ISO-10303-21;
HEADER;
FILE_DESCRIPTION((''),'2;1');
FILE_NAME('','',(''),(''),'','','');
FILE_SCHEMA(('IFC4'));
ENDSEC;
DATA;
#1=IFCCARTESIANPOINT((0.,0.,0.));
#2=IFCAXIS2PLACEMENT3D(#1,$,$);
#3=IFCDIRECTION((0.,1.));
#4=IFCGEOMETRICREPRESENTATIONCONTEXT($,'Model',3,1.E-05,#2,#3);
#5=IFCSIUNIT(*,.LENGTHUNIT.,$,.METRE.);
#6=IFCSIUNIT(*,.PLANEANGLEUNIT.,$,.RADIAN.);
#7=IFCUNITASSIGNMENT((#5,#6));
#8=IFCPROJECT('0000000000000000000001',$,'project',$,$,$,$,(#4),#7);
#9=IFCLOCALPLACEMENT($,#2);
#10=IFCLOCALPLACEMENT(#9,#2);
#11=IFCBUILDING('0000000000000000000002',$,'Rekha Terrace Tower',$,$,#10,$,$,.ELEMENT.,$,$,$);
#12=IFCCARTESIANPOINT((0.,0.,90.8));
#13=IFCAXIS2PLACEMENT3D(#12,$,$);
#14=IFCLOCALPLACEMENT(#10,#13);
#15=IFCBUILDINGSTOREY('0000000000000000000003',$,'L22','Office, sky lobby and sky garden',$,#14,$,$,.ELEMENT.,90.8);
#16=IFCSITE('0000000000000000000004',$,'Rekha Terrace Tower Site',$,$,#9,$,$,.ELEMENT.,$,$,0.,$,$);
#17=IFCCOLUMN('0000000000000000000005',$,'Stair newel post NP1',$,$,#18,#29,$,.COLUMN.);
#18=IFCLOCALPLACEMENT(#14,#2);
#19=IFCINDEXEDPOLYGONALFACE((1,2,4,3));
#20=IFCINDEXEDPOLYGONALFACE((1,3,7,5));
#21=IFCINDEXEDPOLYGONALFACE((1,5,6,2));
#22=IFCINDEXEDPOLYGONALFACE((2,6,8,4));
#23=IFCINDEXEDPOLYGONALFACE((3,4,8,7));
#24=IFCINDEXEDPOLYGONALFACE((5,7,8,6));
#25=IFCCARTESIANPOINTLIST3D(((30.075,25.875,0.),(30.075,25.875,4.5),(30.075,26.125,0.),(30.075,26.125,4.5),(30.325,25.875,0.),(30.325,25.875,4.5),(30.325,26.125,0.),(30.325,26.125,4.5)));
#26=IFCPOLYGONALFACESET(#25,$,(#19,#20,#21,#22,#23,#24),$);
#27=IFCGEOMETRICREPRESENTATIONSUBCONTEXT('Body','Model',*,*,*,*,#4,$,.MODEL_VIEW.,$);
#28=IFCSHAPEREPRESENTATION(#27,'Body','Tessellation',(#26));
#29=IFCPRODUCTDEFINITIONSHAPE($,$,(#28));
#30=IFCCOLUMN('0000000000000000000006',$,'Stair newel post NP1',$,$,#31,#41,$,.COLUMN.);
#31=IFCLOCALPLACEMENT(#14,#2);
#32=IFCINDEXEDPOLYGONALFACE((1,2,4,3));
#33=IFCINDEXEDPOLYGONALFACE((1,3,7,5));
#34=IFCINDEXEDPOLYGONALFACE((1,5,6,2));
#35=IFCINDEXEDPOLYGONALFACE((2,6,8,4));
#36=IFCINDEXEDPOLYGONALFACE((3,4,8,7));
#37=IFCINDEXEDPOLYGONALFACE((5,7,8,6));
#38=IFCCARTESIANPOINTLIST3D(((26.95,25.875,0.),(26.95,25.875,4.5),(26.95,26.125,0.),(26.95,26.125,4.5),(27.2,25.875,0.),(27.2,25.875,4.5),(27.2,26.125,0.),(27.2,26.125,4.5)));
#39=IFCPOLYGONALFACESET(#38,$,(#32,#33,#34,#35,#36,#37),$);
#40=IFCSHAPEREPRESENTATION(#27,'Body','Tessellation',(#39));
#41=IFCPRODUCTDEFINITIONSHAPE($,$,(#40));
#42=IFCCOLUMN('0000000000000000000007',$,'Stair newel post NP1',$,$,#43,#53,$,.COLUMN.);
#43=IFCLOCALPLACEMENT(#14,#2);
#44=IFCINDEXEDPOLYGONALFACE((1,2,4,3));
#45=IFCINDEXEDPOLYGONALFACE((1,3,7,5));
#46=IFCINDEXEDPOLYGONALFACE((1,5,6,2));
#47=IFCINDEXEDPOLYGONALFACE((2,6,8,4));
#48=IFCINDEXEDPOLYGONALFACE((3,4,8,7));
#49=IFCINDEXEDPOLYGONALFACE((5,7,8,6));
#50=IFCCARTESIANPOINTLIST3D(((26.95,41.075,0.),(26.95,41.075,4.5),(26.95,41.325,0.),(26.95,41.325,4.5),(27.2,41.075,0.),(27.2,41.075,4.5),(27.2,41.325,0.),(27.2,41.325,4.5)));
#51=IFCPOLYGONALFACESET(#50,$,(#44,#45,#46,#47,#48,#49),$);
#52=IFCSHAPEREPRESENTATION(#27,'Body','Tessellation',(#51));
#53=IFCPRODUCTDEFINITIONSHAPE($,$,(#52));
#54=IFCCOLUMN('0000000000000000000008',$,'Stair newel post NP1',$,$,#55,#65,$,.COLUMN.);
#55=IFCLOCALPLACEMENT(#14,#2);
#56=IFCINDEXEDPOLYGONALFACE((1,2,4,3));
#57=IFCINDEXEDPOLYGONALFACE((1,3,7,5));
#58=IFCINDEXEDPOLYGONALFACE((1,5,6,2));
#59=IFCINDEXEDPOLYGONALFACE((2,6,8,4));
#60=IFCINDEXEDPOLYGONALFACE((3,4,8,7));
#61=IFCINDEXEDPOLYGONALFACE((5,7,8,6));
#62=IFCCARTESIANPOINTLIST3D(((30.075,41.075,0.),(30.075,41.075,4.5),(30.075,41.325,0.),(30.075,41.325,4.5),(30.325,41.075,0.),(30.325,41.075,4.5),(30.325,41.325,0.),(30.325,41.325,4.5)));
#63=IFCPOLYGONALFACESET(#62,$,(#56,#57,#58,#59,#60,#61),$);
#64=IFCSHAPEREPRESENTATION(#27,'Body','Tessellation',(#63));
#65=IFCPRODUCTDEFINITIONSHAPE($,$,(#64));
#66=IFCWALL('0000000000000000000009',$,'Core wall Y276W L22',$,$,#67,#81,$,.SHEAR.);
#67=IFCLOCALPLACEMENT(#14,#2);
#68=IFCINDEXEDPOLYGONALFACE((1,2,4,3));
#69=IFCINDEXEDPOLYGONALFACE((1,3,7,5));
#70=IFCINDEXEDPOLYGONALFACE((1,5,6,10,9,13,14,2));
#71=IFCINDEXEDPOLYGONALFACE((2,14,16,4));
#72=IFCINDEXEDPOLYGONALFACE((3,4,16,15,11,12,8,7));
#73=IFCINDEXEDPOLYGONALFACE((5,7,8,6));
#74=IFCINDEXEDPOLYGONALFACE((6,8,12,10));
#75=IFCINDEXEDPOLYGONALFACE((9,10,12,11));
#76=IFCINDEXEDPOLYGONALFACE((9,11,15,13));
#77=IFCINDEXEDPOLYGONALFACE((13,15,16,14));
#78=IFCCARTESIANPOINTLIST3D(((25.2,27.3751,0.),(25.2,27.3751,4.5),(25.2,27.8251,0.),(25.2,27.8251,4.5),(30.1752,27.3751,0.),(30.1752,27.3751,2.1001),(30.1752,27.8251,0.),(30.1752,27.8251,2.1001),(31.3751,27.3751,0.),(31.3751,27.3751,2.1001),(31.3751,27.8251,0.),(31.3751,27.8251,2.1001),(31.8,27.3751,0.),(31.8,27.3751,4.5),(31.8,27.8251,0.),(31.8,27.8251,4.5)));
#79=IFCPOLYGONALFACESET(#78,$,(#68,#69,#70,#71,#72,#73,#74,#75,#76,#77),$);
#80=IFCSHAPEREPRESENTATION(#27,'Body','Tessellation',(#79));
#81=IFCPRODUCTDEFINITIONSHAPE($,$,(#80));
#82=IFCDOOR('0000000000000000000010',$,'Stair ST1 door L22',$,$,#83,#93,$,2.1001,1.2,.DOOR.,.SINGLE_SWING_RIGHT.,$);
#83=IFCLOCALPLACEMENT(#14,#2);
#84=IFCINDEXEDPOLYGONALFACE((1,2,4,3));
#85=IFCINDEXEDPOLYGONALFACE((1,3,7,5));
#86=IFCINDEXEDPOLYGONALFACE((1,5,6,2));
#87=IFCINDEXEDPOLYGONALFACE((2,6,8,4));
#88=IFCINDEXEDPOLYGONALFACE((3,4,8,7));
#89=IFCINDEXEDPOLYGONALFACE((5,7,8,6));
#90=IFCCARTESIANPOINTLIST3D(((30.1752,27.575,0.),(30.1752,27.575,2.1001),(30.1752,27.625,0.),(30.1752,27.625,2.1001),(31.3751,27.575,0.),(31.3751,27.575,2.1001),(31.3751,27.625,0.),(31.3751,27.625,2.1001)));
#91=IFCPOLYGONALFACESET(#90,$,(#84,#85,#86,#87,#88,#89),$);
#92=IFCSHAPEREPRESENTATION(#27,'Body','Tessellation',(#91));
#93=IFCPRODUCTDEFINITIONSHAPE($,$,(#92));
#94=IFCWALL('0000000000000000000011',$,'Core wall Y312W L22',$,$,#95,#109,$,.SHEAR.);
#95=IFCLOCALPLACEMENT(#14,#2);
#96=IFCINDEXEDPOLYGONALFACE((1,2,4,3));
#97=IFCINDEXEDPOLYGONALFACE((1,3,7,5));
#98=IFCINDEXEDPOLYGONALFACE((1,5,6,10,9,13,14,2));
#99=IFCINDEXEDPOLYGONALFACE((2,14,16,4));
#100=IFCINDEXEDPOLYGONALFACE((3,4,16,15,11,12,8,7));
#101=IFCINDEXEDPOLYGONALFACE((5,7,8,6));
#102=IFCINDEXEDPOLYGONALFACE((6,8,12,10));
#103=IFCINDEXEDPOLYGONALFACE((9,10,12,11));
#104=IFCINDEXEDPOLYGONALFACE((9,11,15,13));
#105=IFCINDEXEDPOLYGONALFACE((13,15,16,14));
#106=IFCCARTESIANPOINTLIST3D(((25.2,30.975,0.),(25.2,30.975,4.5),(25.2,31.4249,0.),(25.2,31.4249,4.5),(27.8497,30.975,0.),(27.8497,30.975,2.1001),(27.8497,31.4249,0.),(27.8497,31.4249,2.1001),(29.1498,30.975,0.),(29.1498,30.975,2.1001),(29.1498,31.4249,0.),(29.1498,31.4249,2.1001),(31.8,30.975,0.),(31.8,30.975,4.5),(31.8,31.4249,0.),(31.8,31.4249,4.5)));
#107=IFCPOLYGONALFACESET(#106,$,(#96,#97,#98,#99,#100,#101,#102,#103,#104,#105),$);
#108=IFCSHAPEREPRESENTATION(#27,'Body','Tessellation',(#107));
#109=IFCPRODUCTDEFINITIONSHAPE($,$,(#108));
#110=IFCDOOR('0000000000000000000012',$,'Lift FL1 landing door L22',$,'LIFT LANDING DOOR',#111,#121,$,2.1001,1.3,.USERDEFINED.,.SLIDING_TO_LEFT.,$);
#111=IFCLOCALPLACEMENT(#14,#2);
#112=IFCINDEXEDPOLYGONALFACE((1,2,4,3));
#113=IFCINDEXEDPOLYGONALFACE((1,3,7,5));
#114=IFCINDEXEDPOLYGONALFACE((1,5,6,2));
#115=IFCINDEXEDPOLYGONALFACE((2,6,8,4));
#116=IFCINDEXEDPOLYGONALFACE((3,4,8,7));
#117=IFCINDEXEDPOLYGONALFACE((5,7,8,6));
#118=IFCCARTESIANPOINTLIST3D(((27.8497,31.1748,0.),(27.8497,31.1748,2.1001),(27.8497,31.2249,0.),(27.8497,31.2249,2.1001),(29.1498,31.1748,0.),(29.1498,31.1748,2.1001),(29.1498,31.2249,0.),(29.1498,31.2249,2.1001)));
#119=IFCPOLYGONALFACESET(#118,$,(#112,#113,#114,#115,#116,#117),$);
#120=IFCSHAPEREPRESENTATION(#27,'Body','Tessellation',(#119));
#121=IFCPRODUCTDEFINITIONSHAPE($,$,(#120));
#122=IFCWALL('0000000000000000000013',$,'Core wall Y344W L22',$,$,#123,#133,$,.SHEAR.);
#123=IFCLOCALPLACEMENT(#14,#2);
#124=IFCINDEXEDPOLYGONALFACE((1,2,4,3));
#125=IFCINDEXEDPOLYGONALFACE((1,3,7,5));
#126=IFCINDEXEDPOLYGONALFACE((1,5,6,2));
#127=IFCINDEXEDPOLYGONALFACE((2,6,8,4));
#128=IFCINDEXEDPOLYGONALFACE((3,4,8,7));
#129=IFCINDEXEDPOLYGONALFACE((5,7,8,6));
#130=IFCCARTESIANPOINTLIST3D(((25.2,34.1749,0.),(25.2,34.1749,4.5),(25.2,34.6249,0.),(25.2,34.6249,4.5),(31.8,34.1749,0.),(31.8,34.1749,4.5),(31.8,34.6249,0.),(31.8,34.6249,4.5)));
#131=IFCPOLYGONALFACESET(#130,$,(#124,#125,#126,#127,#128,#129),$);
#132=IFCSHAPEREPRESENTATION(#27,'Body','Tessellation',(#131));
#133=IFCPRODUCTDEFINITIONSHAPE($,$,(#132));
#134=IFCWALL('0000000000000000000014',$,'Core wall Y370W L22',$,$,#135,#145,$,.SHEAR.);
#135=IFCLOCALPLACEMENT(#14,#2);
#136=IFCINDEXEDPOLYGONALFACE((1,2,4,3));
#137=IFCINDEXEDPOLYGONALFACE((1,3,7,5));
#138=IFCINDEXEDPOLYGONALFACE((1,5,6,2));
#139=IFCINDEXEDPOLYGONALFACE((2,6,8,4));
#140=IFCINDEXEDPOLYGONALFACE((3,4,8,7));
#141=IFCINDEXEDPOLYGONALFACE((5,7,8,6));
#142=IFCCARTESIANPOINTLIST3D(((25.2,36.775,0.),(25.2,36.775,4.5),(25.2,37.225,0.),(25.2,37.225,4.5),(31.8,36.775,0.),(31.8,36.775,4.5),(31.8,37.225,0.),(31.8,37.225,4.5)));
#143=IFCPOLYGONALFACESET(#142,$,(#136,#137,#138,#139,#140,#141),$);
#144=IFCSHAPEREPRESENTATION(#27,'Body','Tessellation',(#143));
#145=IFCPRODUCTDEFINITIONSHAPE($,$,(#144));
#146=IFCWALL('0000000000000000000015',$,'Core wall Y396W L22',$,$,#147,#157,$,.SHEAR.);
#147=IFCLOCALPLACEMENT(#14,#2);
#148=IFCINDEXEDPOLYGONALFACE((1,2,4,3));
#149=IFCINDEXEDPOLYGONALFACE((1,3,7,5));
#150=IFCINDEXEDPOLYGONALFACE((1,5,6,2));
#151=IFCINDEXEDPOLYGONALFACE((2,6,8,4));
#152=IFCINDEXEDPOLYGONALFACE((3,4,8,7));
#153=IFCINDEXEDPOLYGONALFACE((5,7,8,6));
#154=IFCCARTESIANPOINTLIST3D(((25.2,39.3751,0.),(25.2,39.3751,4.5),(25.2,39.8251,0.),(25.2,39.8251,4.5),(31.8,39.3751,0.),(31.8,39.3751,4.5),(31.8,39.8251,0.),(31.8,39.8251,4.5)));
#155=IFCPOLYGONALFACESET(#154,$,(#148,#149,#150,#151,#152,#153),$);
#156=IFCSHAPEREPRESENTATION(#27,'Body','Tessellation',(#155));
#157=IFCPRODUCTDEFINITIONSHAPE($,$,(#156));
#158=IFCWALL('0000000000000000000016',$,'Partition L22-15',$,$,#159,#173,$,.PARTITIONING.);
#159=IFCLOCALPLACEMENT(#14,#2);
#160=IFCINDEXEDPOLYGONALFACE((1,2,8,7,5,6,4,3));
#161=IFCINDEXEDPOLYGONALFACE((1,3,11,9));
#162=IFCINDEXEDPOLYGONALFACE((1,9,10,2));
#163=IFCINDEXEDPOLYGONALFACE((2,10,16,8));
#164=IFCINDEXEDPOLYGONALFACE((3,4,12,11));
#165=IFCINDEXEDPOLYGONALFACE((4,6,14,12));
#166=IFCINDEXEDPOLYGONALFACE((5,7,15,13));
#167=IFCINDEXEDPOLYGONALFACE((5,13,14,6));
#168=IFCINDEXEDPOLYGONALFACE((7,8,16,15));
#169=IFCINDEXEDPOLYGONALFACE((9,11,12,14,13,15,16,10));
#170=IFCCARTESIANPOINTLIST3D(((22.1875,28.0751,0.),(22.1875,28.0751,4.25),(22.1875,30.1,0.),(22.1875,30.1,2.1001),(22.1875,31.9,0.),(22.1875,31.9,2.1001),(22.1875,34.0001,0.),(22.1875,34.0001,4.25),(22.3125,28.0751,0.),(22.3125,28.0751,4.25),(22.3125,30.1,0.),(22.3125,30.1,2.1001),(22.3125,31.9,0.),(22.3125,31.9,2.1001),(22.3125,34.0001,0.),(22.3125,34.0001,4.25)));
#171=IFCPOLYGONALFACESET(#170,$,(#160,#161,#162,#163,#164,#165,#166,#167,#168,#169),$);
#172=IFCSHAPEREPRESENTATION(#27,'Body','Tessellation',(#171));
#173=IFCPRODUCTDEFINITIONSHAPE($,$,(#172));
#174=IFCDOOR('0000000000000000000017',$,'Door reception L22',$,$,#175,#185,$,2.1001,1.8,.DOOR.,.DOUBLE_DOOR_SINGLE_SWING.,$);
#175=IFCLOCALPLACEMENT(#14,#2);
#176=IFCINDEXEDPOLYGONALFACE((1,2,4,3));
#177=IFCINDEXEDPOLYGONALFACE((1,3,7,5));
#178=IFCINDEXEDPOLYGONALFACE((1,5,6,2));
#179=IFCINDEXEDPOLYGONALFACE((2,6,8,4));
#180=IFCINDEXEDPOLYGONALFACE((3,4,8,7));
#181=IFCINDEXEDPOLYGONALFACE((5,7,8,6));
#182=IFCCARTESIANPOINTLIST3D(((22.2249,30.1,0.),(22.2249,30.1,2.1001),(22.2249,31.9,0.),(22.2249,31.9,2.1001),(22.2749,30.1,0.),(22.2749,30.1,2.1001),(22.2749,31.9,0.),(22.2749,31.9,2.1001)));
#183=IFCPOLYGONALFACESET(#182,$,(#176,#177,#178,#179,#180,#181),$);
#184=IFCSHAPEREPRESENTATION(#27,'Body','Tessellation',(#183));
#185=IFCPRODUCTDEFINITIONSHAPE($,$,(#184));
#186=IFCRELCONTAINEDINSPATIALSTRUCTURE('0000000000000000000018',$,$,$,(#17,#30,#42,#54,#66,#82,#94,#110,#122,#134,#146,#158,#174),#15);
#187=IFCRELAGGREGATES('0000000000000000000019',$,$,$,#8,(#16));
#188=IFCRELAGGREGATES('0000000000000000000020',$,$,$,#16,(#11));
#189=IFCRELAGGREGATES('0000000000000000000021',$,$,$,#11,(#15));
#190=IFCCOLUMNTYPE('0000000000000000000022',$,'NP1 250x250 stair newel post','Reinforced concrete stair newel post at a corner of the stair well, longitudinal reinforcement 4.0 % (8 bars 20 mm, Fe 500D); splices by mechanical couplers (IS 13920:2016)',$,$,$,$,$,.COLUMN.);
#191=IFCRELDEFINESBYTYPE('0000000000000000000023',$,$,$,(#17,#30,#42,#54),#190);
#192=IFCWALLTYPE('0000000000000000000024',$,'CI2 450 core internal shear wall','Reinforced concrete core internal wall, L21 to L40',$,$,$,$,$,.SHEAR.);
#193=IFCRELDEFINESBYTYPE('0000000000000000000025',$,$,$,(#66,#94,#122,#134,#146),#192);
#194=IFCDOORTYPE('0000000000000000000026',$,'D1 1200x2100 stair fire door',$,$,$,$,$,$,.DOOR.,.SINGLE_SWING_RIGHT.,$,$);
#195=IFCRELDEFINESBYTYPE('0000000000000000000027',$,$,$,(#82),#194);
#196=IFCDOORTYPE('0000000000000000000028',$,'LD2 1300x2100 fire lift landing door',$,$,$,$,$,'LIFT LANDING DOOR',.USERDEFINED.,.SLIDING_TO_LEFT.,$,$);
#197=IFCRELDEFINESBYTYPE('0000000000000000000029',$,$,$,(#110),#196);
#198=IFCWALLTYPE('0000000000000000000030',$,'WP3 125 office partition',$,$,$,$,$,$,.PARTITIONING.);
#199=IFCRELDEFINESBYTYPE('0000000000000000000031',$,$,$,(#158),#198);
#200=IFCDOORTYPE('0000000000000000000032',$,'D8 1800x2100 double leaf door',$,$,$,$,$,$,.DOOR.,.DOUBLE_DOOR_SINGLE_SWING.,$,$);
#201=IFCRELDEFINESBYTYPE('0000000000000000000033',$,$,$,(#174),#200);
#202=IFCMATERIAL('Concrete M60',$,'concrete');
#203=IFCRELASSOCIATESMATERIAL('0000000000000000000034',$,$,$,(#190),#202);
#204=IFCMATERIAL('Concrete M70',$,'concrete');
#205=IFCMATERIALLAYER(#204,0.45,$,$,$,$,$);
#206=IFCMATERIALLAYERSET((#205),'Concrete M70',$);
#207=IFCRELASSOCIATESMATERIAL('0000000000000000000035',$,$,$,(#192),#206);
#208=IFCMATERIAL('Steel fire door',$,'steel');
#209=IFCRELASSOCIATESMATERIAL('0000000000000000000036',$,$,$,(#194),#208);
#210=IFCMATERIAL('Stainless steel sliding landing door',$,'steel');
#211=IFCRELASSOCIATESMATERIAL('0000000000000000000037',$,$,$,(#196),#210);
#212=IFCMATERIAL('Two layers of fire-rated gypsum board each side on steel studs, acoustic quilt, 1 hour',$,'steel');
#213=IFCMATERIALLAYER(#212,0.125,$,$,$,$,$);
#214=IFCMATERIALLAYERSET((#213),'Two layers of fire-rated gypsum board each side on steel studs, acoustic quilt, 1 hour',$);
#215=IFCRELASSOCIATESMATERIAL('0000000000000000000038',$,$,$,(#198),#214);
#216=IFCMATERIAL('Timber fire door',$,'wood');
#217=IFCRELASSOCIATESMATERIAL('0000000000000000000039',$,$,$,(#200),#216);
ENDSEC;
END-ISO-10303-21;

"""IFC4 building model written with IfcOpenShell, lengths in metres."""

from ifc_helpers import new_model, si_unit, direction, frame, frame_2d, origin, origin_2d, place, context, subcontext, project, spatial, rectangle, extrude, material, layer, layer_set, material_profile, profile_set, type_object, element, fill, save


model = new_model("IFC4")

# Units and contexts
model_context = context("Model", 3, precision=1e-05, world=origin(), true_north=direction((0.0, 1.0)))
body_context = subcontext(model_context, "Body", "Model", "MODEL_VIEW")
ifc_project = project(units=[si_unit("LENGTHUNIT", "METRE"), si_unit("PLANEANGLEUNIT", "RADIAN")], contexts=[model_context])

# Site, building, storey
site_placement = place(None, origin())
site = spatial("IfcSite", under=ifc_project, at=site_placement, Name="Rekha Terrace Tower Site", CompositionType="ELEMENT", RefElevation=0.0)
building_placement = place(site_placement, origin())
building = spatial("IfcBuilding", under=site, at=building_placement, Name="Rekha Terrace Tower", CompositionType="ELEMENT")
storey_placement = place(building_placement, frame((0.0, 0.0, 90.8)))
storey = spatial("IfcBuildingStorey", under=building, at=storey_placement, Name="L22", Description="Office, sky lobby and sky garden", CompositionType="ELEMENT", Elevation=90.8)

# Columns
ifc_material_1 = material(Name="Concrete M60", Category="concrete")
ifc_material_profile = material_profile(ifc_material_1, rectangle(XDim=0.25, YDim=0.25, at=origin_2d()), Name="RC 250x250")
ifc_profile_set = profile_set([ifc_material_profile], Name="Concrete M60")
column_type = type_object("IfcColumnType", Name="NP1 250x250 stair newel post", Description="Reinforced concrete stair newel post at a corner of the stair well, longitudinal reinforcement 4.0 % (8 bars 20 mm, Fe 500D); splices by mechanical couplers (IS 13920:2016)", PredefinedType="COLUMN", material=ifc_profile_set)
for number, where, z_axis, x_axis, name in (
    (1, (30.2, 26.0, 0.0), (0.0, 0.0, 1.0), (1.0, 0.0, 0.0), "Stair newel post NP1"),
    (2, (27.075, 26.0, 0.0), (0.0, 0.0, 1.0), (1.0, 0.0, 0.0), "Stair newel post NP1"),
    (3, (27.075, 41.2, 0.0), (0.0, 0.0, 1.0), (1.0, 0.0, 0.0), "Stair newel post NP1"),
    (4, (30.2, 41.2, 0.0), (0.0, 0.0, 1.0), (1.0, 0.0, 0.0), "Stair newel post NP1"),
):
    element("IfcColumn", number, at=place(storey_placement, frame(where, z_axis=z_axis, x_axis=x_axis)), inside=storey, type_object=column_type, Name=name, PredefinedType="COLUMN", context=body_context, shape_type="SweptSolid", body=[
        extrude(rectangle(XDim=0.25, YDim=0.25, at=origin_2d()), origin(), (0.0, 0.0, 1.0), 4.5),
    ])

# Walls, openings, doors
ifc_material_2 = material(Name="Concrete M70", Category="concrete")
ifc_layer_1 = layer(ifc_material_2, 0.45)
ifc_layer_set_1 = layer_set([ifc_layer_1], Name="Concrete M70")
wall_type_1 = type_object("IfcWallType", Name="CI2 450 core internal shear wall", Description="Reinforced concrete core internal wall, L21 to L40", PredefinedType="SHEAR", material=ifc_layer_set_1)
wall_1_placement = place(storey_placement, frame((25.2, 27.6001, 0.0), z_axis=(0.0, 0.0, 1.0), x_axis=(1.0, 0.0, 0.0)))
wall_1 = element("IfcWall", 5, at=wall_1_placement, inside=storey, type_object=wall_type_1, Name="Core wall Y276W L22", PredefinedType="SHEAR", context=body_context, shape_type="SweptSolid", body=[
    extrude(rectangle(XDim=6.6001, YDim=0.45, at=frame_2d((3.3, 0.0))), origin(), (0.0, 0.0, 1.0), 4.5),
])
opening_1_placement = place(wall_1_placement, frame((4.9751, 0.0, 0.0)))
opening_1 = element("IfcOpeningElement", 6, at=opening_1_placement, cuts=wall_1, PredefinedType="OPENING", context=body_context, shape_type="SweptSolid", body=[
    extrude(rectangle(XDim=1.2, YDim=2.1001, at=frame_2d((0.6001, 1.05))), frame((0.0, 0.2349, 0.0), z_axis=(0.0, -1.0, 0.0), x_axis=(1.0, 0.0, 0.0)), (0.0, 0.0, 1.0), 0.47),
])
ifc_material_3 = material(Name="Steel fire door", Category="steel")
door_type_1 = type_object("IfcDoorType", Name="D1 1200x2100 stair fire door", OperationType="SINGLE_SWING_RIGHT", PredefinedType="DOOR", material=ifc_material_3)
door_1_placement = place(opening_1_placement, origin())
door_1 = element("IfcDoor", 7, at=door_1_placement, inside=storey, type_object=door_type_1, Name="Stair ST1 door L22", OperationType="SINGLE_SWING_RIGHT", OverallHeight=2.1001, OverallWidth=1.2, PredefinedType="DOOR", context=body_context, shape_type="SweptSolid", body=[
    extrude(rectangle(XDim=1.2, YDim=2.1001, at=frame_2d((0.6001, 1.05))), frame((0.0, 0.0249, 0.0), z_axis=(0.0, -1.0, 0.0), x_axis=(1.0, 0.0, 0.0)), (0.0, 0.0, 1.0), 0.05),
])
fill(opening_1, door_1)
wall_2_placement = place(storey_placement, frame((25.2, 31.2, 0.0), z_axis=(0.0, 0.0, 1.0), x_axis=(1.0, 0.0, 0.0)))
wall_2 = element("IfcWall", 8, at=wall_2_placement, inside=storey, type_object=wall_type_1, Name="Core wall Y312W L22", PredefinedType="SHEAR", context=body_context, shape_type="SweptSolid", body=[
    extrude(rectangle(XDim=6.6001, YDim=0.45, at=frame_2d((3.3, 0.0))), origin(), (0.0, 0.0, 1.0), 4.5),
])
opening_2_placement = place(wall_2_placement, frame((2.6499, 0.0, 0.0)))
opening_2 = element("IfcOpeningElement", 9, at=opening_2_placement, cuts=wall_2, PredefinedType="OPENING", context=body_context, shape_type="SweptSolid", body=[
    extrude(rectangle(XDim=1.3, YDim=2.1001, at=frame_2d((0.6499, 1.05))), frame((0.0, 0.2349, 0.0), z_axis=(0.0, -1.0, 0.0), x_axis=(1.0, 0.0, 0.0)), (0.0, 0.0, 1.0), 0.47),
])
ifc_material_4 = material(Name="Stainless steel sliding landing door", Category="steel")
door_type_2 = type_object("IfcDoorType", Name="LD2 1300x2100 fire lift landing door", ElementType="LIFT LANDING DOOR", OperationType="SLIDING_TO_LEFT", PredefinedType="USERDEFINED", material=ifc_material_4)
door_2_placement = place(opening_2_placement, origin())
door_2 = element("IfcDoor", 10, at=door_2_placement, inside=storey, type_object=door_type_2, Name="Lift FL1 landing door L22", ObjectType="LIFT LANDING DOOR", OperationType="SLIDING_TO_LEFT", OverallHeight=2.1001, OverallWidth=1.3, PredefinedType="USERDEFINED", context=body_context, shape_type="SweptSolid", body=[
    extrude(rectangle(XDim=1.3, YDim=2.1001, at=frame_2d((0.6499, 1.05))), frame((0.0, 0.0249, 0.0), z_axis=(0.0, -1.0, 0.0), x_axis=(1.0, 0.0, 0.0)), (0.0, 0.0, 1.0), 0.05),
])
fill(opening_2, door_2)

# Walls
for number, where, z_axis, x_axis, name in (
    (11, (25.2, 34.3999, 0.0), (0.0, 0.0, 1.0), (1.0, 0.0, 0.0), "Core wall Y344W L22"),
    (12, (25.2, 37.0, 0.0), (0.0, 0.0, 1.0), (1.0, 0.0, 0.0), "Core wall Y370W L22"),
    (13, (25.2, 39.6001, 0.0), (0.0, 0.0, 1.0), (1.0, 0.0, 0.0), "Core wall Y396W L22"),
):
    element("IfcWall", number, at=place(storey_placement, frame(where, z_axis=z_axis, x_axis=x_axis)), inside=storey, type_object=wall_type_1, Name=name, PredefinedType="SHEAR", context=body_context, shape_type="SweptSolid", body=[
        extrude(rectangle(XDim=6.6001, YDim=0.45, at=frame_2d((3.3, 0.0))), origin(), (0.0, 0.0, 1.0), 4.5),
    ])

# Wall, opening, door
ifc_material_5 = material(Name="Two layers of fire-rated gypsum board each side on steel studs, acoustic quilt, 1 hour", Category="steel")
ifc_layer_2 = layer(ifc_material_5, 0.125)
ifc_layer_set_2 = layer_set([ifc_layer_2], Name="Two layers of fire-rated gypsum board each side on steel studs, acoustic quilt, 1 hour")
wall_type_2 = type_object("IfcWallType", Name="WP3 125 office partition", PredefinedType="PARTITIONING", material=ifc_layer_set_2)
wall_3_placement = place(storey_placement, frame((22.25, 34.0, 0.0), z_axis=(0.0, 0.0, 1.0), x_axis=(0.0, -1.0, 0.0)))
wall_3 = element("IfcWall", 14, at=wall_3_placement, inside=storey, type_object=wall_type_2, Name="Partition L22-15", PredefinedType="PARTITIONING", context=body_context, shape_type="SweptSolid", body=[
    extrude(rectangle(XDim=5.925, YDim=0.125, at=frame_2d((2.9624, 0.0))), origin(), (0.0, 0.0, 1.0), 4.25),
])
opening_3_placement = place(wall_3_placement, frame((2.1001, 0.0, 0.0)))
opening_3 = element("IfcOpeningElement", 15, at=opening_3_placement, cuts=wall_3, PredefinedType="OPENING", context=body_context, shape_type="SweptSolid", body=[
    extrude(rectangle(XDim=1.8, YDim=2.1001, at=frame_2d((0.8999, 1.05))), frame((0.0, 0.0725, 0.0), z_axis=(0.0, -1.0, 0.0), x_axis=(1.0, 0.0, 0.0)), (0.0, 0.0, 1.0), 0.145),
])
ifc_material_6 = material(Name="Timber fire door", Category="wood")
door_type_3 = type_object("IfcDoorType", Name="D8 1800x2100 double leaf door", OperationType="DOUBLE_DOOR_SINGLE_SWING", PredefinedType="DOOR", material=ifc_material_6)
door_3_placement = place(opening_3_placement, origin())
door_3 = element("IfcDoor", 16, at=door_3_placement, inside=storey, type_object=door_type_3, Name="Door reception L22", OperationType="DOUBLE_DOOR_SINGLE_SWING", OverallHeight=2.1001, OverallWidth=1.8, PredefinedType="DOOR", context=body_context, shape_type="SweptSolid", body=[
    extrude(rectangle(XDim=1.8, YDim=2.1001, at=frame_2d((0.8999, 1.05))), frame((0.0, 0.0249, 0.0), z_axis=(0.0, -1.0, 0.0), x_axis=(1.0, 0.0, 0.0)), (0.0, 0.0, 1.0), 0.05),
])
fill(opening_3, door_3)

save(model, "model.ifc")
